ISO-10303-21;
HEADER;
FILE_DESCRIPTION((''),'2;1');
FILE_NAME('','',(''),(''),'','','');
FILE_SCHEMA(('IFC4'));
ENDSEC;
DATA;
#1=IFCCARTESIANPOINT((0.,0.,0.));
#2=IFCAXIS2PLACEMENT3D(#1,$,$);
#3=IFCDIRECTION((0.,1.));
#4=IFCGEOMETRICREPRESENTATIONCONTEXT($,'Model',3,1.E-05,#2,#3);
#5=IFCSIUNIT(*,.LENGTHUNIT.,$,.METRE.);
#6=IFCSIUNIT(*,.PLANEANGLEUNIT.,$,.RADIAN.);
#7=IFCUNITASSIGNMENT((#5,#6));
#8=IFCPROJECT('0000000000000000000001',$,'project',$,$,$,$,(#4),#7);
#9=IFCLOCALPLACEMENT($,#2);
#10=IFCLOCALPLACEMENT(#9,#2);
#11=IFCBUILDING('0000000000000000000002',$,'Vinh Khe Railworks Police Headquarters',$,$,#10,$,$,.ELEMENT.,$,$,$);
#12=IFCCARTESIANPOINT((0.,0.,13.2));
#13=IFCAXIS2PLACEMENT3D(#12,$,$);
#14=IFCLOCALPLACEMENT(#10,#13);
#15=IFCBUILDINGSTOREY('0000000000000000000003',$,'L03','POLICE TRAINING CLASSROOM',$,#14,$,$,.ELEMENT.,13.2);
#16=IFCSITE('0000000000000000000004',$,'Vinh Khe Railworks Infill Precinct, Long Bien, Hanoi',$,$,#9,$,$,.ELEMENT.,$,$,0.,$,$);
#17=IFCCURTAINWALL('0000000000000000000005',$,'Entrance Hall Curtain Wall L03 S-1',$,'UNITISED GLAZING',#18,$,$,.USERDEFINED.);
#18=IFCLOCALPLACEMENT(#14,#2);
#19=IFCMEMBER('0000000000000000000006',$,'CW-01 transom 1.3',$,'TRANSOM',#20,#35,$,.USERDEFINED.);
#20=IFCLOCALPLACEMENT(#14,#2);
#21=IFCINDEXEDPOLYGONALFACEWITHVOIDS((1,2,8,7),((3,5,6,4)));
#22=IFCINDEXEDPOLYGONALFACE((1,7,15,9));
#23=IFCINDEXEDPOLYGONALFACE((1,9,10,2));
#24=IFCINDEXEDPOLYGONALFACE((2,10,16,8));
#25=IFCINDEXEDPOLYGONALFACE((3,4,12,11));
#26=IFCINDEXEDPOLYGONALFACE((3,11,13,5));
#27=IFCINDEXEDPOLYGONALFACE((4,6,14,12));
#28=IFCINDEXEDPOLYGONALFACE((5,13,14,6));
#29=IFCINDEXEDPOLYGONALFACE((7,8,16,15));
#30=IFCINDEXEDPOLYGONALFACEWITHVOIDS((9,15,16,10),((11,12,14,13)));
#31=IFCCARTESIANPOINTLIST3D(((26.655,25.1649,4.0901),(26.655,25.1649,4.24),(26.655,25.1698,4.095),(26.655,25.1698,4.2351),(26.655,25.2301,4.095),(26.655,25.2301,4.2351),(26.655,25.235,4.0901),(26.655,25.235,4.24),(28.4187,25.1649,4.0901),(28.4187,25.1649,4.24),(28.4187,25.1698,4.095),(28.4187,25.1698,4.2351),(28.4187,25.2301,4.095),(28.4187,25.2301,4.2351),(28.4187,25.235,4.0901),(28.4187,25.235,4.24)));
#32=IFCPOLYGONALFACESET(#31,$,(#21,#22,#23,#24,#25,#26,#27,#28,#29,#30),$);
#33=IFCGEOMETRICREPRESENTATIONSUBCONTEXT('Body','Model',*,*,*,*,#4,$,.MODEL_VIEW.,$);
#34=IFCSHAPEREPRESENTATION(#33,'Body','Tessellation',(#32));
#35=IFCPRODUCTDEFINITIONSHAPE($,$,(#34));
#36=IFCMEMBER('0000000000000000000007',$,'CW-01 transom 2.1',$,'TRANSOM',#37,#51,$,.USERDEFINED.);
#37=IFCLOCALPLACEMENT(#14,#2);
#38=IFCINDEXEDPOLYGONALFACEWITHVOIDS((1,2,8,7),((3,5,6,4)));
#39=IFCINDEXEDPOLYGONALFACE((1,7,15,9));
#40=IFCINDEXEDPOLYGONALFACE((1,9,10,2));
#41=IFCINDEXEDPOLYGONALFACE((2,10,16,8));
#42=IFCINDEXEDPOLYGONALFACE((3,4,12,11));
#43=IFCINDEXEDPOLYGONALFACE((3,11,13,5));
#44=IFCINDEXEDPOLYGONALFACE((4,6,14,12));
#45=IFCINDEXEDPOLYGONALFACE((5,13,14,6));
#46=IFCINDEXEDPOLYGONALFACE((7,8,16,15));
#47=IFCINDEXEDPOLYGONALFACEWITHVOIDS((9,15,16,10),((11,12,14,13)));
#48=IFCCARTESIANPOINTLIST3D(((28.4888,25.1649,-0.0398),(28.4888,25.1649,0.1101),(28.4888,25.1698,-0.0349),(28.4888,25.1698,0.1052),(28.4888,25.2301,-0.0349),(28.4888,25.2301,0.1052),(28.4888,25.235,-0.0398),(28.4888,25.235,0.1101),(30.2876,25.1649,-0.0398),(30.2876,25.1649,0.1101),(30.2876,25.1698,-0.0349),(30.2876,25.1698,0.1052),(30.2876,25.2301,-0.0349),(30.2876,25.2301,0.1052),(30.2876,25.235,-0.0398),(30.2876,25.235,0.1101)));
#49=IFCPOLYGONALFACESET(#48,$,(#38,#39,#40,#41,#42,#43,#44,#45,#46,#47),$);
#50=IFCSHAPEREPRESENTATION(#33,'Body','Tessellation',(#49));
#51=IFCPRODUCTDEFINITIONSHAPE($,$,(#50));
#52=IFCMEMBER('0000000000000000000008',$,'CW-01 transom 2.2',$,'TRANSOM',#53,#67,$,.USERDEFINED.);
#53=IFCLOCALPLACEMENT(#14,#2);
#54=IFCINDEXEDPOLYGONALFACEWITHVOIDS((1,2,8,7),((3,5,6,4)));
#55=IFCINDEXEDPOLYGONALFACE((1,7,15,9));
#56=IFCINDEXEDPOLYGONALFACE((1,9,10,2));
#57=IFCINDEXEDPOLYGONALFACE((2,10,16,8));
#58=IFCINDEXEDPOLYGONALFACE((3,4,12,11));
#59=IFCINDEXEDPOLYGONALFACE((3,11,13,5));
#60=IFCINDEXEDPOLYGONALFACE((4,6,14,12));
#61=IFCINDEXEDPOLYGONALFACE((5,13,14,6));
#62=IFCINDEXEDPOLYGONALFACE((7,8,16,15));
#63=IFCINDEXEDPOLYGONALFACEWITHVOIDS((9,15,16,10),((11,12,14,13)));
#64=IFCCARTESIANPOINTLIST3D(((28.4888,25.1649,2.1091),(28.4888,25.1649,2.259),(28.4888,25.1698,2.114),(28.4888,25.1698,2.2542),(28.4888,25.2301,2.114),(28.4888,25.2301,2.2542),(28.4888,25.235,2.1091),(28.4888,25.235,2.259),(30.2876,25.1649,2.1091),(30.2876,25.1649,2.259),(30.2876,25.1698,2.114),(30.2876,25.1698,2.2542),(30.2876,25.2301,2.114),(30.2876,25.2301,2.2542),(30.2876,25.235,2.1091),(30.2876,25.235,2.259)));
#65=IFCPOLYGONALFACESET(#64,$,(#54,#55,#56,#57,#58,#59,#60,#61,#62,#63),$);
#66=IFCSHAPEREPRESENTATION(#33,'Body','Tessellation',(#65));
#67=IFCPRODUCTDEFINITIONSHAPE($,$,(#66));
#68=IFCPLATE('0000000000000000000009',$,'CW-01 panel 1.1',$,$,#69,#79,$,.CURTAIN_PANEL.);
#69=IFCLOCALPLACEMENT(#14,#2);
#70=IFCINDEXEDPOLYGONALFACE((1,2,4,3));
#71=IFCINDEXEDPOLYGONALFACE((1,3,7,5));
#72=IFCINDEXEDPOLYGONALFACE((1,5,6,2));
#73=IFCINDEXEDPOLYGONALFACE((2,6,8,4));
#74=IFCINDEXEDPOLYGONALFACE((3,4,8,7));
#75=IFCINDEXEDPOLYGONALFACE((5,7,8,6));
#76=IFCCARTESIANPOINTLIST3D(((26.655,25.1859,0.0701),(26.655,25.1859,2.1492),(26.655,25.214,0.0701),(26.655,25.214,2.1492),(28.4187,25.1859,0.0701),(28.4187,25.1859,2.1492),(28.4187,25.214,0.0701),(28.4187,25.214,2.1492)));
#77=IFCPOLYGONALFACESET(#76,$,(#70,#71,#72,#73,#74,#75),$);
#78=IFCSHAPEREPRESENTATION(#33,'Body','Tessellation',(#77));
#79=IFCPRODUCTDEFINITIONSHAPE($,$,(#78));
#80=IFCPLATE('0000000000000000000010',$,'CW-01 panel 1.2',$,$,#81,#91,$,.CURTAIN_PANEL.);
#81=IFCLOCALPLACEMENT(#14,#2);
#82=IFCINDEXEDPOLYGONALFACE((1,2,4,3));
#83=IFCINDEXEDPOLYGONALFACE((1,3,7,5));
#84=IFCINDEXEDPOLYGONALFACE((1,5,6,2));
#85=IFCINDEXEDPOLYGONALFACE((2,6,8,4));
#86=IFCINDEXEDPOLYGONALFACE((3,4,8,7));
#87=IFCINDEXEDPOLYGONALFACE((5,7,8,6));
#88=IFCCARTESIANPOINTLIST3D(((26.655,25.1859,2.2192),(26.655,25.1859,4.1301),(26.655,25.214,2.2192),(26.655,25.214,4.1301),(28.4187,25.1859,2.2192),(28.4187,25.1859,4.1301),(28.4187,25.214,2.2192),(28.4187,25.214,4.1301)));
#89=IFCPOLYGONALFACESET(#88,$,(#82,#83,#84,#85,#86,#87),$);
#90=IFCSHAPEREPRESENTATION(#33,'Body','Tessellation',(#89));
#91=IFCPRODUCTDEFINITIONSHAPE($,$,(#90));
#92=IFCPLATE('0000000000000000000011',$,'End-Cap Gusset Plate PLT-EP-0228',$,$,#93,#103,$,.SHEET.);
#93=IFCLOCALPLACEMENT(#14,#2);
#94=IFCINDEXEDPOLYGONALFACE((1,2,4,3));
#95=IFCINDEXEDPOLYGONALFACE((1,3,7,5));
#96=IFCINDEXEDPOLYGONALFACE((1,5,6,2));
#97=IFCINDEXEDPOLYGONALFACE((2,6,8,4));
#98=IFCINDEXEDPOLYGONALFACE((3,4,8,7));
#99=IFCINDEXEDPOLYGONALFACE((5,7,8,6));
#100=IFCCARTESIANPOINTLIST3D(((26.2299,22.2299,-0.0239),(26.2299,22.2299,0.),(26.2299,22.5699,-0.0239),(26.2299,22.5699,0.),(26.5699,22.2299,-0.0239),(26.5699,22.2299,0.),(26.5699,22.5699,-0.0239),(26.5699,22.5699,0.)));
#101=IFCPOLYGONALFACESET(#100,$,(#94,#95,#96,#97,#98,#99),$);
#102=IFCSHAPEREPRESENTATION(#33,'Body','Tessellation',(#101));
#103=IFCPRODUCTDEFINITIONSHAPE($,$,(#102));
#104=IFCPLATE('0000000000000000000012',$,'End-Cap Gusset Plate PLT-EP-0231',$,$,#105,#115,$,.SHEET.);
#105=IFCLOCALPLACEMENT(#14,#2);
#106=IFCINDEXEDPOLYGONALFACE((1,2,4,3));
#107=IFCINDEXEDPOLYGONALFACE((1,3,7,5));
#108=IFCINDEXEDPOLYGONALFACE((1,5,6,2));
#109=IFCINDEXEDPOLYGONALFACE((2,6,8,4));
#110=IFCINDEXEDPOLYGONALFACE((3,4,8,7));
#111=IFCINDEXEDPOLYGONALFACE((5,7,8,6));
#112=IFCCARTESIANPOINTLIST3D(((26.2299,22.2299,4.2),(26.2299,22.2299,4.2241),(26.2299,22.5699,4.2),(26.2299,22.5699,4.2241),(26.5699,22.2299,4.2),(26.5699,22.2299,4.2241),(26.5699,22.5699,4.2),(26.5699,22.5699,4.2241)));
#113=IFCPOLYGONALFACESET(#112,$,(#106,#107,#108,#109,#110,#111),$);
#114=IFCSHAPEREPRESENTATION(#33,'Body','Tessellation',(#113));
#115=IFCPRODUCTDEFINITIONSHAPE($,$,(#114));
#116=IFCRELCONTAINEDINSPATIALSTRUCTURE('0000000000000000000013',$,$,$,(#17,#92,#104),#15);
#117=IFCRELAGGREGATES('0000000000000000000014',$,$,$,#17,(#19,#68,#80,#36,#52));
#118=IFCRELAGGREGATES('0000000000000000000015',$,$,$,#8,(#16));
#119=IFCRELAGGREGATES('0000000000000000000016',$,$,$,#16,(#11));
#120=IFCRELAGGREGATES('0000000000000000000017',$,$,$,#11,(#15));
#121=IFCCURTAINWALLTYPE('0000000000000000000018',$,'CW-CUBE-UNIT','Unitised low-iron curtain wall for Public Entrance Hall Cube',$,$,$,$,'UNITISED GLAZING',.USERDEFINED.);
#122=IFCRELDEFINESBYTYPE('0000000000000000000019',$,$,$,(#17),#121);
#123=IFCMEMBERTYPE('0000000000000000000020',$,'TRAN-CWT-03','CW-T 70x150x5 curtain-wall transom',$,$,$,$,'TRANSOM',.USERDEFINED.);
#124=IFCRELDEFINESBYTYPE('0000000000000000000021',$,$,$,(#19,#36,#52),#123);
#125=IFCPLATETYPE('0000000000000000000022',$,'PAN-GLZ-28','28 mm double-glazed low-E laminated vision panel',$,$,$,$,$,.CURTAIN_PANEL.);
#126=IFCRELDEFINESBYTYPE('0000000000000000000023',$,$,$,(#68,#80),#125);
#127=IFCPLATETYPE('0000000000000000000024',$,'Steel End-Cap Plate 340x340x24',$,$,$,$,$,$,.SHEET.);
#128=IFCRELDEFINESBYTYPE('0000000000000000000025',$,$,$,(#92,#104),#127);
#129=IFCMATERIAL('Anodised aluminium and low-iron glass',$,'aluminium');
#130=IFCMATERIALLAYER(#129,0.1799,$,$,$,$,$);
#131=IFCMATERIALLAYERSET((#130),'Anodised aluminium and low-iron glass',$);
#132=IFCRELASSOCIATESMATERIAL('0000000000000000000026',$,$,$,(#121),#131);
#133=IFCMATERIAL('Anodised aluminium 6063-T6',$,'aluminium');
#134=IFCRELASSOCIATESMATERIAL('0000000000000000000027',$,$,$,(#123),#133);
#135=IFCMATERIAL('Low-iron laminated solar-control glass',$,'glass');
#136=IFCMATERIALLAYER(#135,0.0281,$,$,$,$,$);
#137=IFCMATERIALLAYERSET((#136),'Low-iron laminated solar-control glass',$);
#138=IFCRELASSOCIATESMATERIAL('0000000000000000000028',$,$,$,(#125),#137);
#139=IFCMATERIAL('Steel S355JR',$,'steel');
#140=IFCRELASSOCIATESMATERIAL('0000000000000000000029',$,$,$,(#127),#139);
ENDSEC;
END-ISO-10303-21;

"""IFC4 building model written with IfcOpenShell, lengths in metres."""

from ifc_helpers import new_model, si_unit, direction, frame, origin, origin_2d, place, context, subcontext, project, spatial, rectangle, hollow_rectangle, extrude, material, layer, layer_set, material_profile, profile_set, type_object, element, aggregate, save


model = new_model("IFC4")

# Units and contexts
model_context = context("Model", 3, precision=1e-05, world=origin(), true_north=direction((0.0, 1.0)))
body_context = subcontext(model_context, "Body", "Model", "MODEL_VIEW")
ifc_project = project(units=[si_unit("LENGTHUNIT", "METRE"), si_unit("PLANEANGLEUNIT", "RADIAN")], contexts=[model_context])

# Site, building, storey
site_placement = place(None, origin())
site = spatial("IfcSite", under=ifc_project, at=site_placement, Name="Vinh Khe Railworks Infill Precinct, Long Bien, Hanoi", CompositionType="ELEMENT", RefElevation=0.0)
building_placement = place(site_placement, origin())
building = spatial("IfcBuilding", under=site, at=building_placement, Name="Vinh Khe Railworks Police Headquarters", CompositionType="ELEMENT")
storey_placement = place(building_placement, frame((0.0, 0.0, 13.2)))
storey = spatial("IfcBuildingStorey", under=building, at=storey_placement, Name="L03", Description="POLICE TRAINING CLASSROOM", CompositionType="ELEMENT", Elevation=13.2)

# Shared definitions
ifc_material_1 = material(Name="Steel S355JR", Category="steel")

# Shared definitions
ifc_material_2 = material(Name="Anodised aluminium 6063-T6", Category="aluminium")

# Curtain wall
ifc_material_3 = material(Name="Anodised aluminium and low-iron glass", Category="aluminium")
ifc_layer_1 = layer(ifc_material_3, 0.1799)
ifc_layer_set_1 = layer_set([ifc_layer_1], Name="Anodised aluminium and low-iron glass")
curtain_wall_type_1 = type_object("IfcCurtainWallType", Name="CW-CUBE-UNIT", Description="Unitised low-iron curtain wall for Public Entrance Hall Cube", ElementType="UNITISED GLAZING", PredefinedType="USERDEFINED", material=ifc_layer_set_1)
curtain_wall_1_placement = place(storey_placement, origin())
curtain_wall_1 = element("IfcCurtainWall", 1, at=curtain_wall_1_placement, inside=storey, type_object=curtain_wall_type_1, Name="Entrance Hall Curtain Wall L03 S-1", ObjectType="UNITISED GLAZING", PredefinedType="USERDEFINED")

# Members
ifc_material_profile_1 = material_profile(ifc_material_2, hollow_rectangle(XDim=0.0701, YDim=0.1499, WallThickness=0.0049, at=origin_2d()), Name="CW-T 70x150x5")
ifc_profile_set_1 = profile_set([ifc_material_profile_1], Name="Anodised aluminium 6063-T6")
member_type_1 = type_object("IfcMemberType", Name="TRAN-CWT-03", Description="CW-T 70x150x5 curtain-wall transom", ElementType="TRANSOM", PredefinedType="USERDEFINED", material=ifc_profile_set_1)
member_1_placement = place(storey_placement, frame((26.655, 25.2, 4.165), z_axis=(1.0, 0.0, 0.0), x_axis=(0.0, 1.0, 0.0)))
member_1 = element("IfcMember", 2, at=member_1_placement, type_object=member_type_1, Name="CW-01 transom 1.3", ObjectType="TRANSOM", PredefinedType="USERDEFINED", context=body_context, shape_type="SweptSolid", body=[
    extrude(hollow_rectangle(XDim=0.0701, YDim=0.1499, WallThickness=0.0049, at=origin_2d()), origin(), (0.0, 0.0, 1.0), 1.7637),
])
member_2_placement = place(storey_placement, frame((28.4888, 25.2, 0.0352), z_axis=(1.0, 0.0, 0.0), x_axis=(0.0, 1.0, 0.0)))
member_2 = element("IfcMember", 3, at=member_2_placement, type_object=member_type_1, Name="CW-01 transom 2.1", ObjectType="TRANSOM", PredefinedType="USERDEFINED", context=body_context, shape_type="SweptSolid", body=[
    extrude(hollow_rectangle(XDim=0.0701, YDim=0.1499, WallThickness=0.0049, at=origin_2d()), origin(), (0.0, 0.0, 1.0), 1.7988),
])
member_3_placement = place(storey_placement, frame((28.4888, 25.2, 2.1841), z_axis=(1.0, 0.0, 0.0), x_axis=(0.0, 1.0, 0.0)))
member_3 = element("IfcMember", 4, at=member_3_placement, type_object=member_type_1, Name="CW-01 transom 2.2", ObjectType="TRANSOM", PredefinedType="USERDEFINED", context=body_context, shape_type="SweptSolid", body=[
    extrude(hollow_rectangle(XDim=0.0701, YDim=0.1499, WallThickness=0.0049, at=origin_2d()), origin(), (0.0, 0.0, 1.0), 1.7988),
])

# Plates
ifc_material_4 = material(Name="Low-iron laminated solar-control glass", Category="glass")
ifc_layer_2 = layer(ifc_material_4, 0.0281)
ifc_layer_set_2 = layer_set([ifc_layer_2], Name="Low-iron laminated solar-control glass")
plate_type_1 = type_object("IfcPlateType", Name="PAN-GLZ-28", Description="28 mm double-glazed low-E laminated vision panel", PredefinedType="CURTAIN_PANEL", material=ifc_layer_set_2)
plate_1_placement = place(storey_placement, frame((27.5369, 25.2, 0.0701), z_axis=(0.0, 0.0, 1.0), x_axis=(1.0, 0.0, 0.0)))
plate_1 = element("IfcPlate", 5, at=plate_1_placement, type_object=plate_type_1, Name="CW-01 panel 1.1", PredefinedType="CURTAIN_PANEL", context=body_context, shape_type="SweptSolid", body=[
    extrude(rectangle(XDim=1.7637, YDim=0.0281, at=origin_2d()), origin(), (0.0, 0.0, 1.0), 2.0791),
])
plate_2_placement = place(storey_placement, frame((27.5369, 25.2, 2.2192), z_axis=(0.0, 0.0, 1.0), x_axis=(1.0, 0.0, 0.0)))
plate_2 = element("IfcPlate", 6, at=plate_2_placement, type_object=plate_type_1, Name="CW-01 panel 1.2", PredefinedType="CURTAIN_PANEL", context=body_context, shape_type="SweptSolid", body=[
    extrude(rectangle(XDim=1.7637, YDim=0.0281, at=origin_2d()), origin(), (0.0, 0.0, 1.0), 1.9109),
])
aggregate(curtain_wall_1, [member_1, plate_1, plate_2, member_2, member_3])

# Plates
ifc_material_profile_2 = material_profile(ifc_material_1, rectangle(XDim=0.3401, YDim=0.3401, at=origin_2d()), Name="PL 340x340")
ifc_profile_set_2 = profile_set([ifc_material_profile_2], Name="Steel S355JR")
plate_type_2 = type_object("IfcPlateType", Name="Steel End-Cap Plate 340x340x24", PredefinedType="SHEET", material=ifc_profile_set_2)
plate_3_placement = place(storey_placement, frame((26.3999, 22.3999, 0.0), z_axis=(0.0, 0.0, -1.0), x_axis=(1.0, 0.0, 0.0)))
element("IfcPlate", 7, at=plate_3_placement, inside=storey, type_object=plate_type_2, Name="End-Cap Gusset Plate PLT-EP-0228", PredefinedType="SHEET", context=body_context, shape_type="SweptSolid", body=[
    extrude(rectangle(XDim=0.3401, YDim=0.3401, at=origin_2d()), origin(), (0.0, 0.0, 1.0), 0.0239),
])
plate_4_placement = place(storey_placement, frame((26.3999, 22.3999, 4.2), z_axis=(0.0, 0.0, 1.0), x_axis=(1.0, 0.0, 0.0)))
element("IfcPlate", 8, at=plate_4_placement, inside=storey, type_object=plate_type_2, Name="End-Cap Gusset Plate PLT-EP-0231", PredefinedType="SHEET", context=body_context, shape_type="SweptSolid", body=[
    extrude(rectangle(XDim=0.3401, YDim=0.3401, at=origin_2d()), origin(), (0.0, 0.0, 1.0), 0.0242),
])

save(model, "model.ifc")
